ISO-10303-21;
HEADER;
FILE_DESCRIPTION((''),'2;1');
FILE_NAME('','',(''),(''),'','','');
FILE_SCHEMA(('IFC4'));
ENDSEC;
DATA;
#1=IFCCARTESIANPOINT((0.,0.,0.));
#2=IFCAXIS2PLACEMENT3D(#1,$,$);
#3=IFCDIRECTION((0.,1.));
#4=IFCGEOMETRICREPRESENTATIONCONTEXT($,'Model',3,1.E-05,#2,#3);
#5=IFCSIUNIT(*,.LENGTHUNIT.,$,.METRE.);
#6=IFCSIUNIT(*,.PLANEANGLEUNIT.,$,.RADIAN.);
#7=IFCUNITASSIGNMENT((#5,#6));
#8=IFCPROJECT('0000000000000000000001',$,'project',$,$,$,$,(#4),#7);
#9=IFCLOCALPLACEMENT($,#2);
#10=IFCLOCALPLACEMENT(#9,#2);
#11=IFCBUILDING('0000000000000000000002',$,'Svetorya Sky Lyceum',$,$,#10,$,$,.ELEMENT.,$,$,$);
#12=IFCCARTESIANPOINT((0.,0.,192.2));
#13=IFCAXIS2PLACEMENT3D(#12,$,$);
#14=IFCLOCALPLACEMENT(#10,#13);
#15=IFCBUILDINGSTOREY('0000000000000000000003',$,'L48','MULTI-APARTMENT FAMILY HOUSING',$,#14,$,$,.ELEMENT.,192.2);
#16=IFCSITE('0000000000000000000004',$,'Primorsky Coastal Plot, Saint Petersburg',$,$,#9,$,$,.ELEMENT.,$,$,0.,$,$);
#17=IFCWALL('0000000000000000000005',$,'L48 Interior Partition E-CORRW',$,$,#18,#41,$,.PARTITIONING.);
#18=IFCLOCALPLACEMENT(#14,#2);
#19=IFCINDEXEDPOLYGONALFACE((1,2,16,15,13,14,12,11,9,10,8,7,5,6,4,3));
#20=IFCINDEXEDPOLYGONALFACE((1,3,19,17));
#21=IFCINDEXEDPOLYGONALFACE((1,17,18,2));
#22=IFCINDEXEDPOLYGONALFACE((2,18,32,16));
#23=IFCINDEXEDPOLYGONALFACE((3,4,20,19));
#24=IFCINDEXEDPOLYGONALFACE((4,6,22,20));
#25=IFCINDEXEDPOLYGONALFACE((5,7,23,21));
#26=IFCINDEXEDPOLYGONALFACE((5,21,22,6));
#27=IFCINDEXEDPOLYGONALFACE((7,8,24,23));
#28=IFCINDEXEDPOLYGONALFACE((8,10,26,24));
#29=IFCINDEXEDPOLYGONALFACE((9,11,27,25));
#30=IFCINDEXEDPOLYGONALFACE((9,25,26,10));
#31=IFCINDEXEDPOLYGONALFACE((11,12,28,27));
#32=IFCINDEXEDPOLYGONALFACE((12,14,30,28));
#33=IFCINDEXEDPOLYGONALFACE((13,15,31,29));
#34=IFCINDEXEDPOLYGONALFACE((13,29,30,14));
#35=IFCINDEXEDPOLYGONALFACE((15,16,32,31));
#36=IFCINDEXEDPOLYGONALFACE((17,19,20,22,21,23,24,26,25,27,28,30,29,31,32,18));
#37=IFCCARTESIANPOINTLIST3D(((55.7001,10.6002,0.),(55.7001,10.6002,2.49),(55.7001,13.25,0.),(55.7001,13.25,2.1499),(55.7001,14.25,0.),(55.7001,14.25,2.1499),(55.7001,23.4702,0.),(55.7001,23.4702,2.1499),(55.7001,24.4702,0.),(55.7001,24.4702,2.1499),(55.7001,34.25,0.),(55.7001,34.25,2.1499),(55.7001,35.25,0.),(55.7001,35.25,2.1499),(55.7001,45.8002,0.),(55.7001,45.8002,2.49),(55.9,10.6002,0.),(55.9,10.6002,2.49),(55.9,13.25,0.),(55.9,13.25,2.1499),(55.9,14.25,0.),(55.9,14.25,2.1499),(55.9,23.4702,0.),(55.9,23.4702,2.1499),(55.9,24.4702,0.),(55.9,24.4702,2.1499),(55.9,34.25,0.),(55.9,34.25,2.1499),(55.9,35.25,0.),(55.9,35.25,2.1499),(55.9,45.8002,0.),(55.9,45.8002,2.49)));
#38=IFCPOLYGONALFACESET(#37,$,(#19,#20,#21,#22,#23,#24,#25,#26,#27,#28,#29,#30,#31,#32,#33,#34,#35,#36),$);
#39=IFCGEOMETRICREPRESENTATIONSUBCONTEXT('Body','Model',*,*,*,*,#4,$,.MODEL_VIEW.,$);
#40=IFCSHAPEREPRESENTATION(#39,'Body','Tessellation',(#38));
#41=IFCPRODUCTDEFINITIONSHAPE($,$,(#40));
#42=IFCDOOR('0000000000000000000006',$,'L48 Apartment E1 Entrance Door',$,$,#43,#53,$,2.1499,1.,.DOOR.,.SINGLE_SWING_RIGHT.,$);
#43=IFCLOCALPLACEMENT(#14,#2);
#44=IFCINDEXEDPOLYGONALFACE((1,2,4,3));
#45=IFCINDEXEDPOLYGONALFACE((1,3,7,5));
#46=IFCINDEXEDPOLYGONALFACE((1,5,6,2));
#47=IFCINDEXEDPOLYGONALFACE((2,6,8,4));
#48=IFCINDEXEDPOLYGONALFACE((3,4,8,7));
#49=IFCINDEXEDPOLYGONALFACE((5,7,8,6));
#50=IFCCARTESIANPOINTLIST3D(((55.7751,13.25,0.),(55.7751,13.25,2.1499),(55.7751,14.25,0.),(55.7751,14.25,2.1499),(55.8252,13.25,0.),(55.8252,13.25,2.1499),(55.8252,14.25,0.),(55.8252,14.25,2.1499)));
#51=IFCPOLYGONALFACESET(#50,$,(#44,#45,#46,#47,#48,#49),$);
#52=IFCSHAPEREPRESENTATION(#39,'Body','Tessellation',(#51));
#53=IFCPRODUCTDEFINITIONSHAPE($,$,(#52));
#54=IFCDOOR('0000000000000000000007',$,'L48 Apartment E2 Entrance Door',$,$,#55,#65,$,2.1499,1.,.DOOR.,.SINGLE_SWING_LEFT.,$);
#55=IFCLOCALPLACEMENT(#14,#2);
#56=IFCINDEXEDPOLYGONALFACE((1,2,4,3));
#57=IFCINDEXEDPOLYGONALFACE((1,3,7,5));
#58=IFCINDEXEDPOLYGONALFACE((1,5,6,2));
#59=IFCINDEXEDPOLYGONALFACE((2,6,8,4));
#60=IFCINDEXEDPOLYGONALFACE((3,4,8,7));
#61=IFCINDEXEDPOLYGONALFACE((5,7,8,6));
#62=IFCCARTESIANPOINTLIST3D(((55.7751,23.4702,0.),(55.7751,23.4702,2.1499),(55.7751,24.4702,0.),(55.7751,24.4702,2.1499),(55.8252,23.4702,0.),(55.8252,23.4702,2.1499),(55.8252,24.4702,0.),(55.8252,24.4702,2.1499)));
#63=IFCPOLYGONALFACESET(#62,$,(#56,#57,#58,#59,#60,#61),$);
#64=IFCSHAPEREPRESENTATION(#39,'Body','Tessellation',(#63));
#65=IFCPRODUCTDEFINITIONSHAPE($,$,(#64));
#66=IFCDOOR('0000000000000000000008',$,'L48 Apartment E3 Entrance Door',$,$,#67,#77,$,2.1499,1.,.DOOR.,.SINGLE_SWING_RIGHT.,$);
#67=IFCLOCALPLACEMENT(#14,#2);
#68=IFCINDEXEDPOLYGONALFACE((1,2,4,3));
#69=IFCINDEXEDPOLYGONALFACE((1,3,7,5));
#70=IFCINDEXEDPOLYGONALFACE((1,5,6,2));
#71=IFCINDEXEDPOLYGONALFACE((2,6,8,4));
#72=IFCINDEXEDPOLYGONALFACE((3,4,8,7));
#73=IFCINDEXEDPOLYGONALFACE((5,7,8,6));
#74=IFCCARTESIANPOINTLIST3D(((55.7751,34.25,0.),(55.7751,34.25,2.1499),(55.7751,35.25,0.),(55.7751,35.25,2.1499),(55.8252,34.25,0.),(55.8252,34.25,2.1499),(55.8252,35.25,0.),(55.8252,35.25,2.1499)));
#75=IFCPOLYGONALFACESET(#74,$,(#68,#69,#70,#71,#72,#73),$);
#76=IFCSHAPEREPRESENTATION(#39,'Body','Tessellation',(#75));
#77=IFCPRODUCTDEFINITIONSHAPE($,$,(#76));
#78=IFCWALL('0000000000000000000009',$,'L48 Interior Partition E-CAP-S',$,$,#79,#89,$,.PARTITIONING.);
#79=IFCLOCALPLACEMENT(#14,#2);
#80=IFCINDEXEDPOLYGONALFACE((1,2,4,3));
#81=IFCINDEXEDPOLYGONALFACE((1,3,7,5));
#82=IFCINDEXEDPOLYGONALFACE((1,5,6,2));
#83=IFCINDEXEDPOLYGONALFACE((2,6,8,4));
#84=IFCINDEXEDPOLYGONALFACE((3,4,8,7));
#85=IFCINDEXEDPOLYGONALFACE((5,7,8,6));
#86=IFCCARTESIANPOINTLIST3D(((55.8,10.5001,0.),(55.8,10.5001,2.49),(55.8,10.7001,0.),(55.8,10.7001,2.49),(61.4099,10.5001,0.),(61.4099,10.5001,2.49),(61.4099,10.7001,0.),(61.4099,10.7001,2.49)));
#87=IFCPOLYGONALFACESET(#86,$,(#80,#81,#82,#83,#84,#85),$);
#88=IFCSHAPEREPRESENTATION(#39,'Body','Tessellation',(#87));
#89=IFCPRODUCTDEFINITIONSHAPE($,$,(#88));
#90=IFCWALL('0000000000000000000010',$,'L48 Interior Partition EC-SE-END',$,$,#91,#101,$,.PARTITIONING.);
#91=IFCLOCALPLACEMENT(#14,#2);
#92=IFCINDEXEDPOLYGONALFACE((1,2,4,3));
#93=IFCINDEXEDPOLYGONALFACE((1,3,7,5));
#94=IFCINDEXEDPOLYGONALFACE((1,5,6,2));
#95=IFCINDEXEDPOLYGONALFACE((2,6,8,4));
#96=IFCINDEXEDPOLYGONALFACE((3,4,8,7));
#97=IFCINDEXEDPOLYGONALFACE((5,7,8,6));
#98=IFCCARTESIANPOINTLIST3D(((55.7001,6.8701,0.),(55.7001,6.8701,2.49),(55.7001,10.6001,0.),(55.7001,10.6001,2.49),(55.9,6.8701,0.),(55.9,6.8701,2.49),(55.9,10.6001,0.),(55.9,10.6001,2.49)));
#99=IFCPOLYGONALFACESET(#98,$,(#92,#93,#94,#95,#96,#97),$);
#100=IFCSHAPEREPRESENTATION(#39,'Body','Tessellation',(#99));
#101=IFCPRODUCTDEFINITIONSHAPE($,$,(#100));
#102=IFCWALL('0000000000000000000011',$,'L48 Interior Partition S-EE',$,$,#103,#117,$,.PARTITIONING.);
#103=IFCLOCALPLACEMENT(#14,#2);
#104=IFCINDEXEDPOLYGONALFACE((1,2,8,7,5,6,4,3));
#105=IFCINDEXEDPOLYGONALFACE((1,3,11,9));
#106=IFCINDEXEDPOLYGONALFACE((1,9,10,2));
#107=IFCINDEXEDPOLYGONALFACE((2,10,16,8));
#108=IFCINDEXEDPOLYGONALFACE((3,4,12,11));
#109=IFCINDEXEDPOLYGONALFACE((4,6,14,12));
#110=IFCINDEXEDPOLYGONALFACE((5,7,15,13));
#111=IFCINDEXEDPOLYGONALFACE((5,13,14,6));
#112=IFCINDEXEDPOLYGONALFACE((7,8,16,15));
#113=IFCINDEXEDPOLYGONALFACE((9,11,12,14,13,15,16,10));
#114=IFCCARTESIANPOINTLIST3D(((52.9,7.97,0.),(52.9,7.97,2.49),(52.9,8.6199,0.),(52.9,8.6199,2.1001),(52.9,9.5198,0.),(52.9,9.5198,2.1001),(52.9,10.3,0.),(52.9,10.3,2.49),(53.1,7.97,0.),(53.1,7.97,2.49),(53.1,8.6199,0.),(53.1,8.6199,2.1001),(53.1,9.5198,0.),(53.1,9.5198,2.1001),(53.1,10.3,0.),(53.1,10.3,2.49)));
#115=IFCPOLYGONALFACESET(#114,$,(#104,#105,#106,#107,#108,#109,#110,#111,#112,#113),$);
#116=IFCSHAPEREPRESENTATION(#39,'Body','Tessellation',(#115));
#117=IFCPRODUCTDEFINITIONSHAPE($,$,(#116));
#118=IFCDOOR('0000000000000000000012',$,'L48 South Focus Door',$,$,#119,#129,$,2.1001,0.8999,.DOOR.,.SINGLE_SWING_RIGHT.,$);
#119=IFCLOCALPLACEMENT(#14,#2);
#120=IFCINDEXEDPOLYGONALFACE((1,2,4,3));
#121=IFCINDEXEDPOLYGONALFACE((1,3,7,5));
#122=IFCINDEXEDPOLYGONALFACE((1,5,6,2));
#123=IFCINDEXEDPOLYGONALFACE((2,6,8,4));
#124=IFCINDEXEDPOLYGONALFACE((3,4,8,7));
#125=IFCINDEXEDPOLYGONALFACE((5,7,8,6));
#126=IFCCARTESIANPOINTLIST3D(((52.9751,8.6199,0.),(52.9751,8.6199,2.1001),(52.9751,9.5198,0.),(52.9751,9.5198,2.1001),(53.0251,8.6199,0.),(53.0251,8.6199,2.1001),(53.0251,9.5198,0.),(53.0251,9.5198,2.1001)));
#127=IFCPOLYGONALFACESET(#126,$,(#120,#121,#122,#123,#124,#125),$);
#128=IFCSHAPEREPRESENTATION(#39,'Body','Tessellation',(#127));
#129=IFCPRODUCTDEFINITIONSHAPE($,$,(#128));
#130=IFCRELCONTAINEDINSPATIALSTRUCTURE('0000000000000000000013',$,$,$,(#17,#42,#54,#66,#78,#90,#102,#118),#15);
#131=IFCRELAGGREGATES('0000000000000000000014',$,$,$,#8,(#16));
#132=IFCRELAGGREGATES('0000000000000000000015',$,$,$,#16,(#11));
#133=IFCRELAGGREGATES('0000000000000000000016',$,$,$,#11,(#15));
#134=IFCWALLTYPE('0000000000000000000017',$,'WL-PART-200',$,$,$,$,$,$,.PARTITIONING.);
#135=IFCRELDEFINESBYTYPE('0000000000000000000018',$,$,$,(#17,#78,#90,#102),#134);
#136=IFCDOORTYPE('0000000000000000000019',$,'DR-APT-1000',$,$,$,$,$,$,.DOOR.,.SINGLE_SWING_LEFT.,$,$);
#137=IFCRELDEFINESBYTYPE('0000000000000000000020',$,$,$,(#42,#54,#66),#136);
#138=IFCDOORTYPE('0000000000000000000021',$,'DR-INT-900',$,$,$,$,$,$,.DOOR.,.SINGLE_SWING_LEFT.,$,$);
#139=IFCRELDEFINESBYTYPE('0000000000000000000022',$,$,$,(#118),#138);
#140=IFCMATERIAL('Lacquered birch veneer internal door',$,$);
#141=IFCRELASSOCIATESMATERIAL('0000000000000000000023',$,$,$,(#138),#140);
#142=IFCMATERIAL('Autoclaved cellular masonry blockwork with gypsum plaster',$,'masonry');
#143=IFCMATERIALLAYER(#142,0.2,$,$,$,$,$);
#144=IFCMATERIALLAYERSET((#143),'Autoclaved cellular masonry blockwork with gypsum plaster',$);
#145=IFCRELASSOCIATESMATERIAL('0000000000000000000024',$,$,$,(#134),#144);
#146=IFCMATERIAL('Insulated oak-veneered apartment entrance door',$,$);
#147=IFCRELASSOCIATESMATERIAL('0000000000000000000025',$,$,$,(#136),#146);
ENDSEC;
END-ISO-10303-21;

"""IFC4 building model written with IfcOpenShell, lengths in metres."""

from ifc_helpers import new_model, si_unit, direction, frame, frame_2d, origin, place, context, subcontext, project, spatial, rectangle, extrude, material, layer, layer_set, type_object, element, fill, save


model = new_model("IFC4")

# Units and contexts
model_context = context("Model", 3, precision=1e-05, world=origin(), true_north=direction((0.0, 1.0)))
body_context = subcontext(model_context, "Body", "Model", "MODEL_VIEW")
ifc_project = project(units=[si_unit("LENGTHUNIT", "METRE"), si_unit("PLANEANGLEUNIT", "RADIAN")], contexts=[model_context])

# Site, building, storey
site_placement = place(None, origin())
site = spatial("IfcSite", under=ifc_project, at=site_placement, Name="Primorsky Coastal Plot, Saint Petersburg", CompositionType="ELEMENT", RefElevation=0.0)
building_placement = place(site_placement, origin())
building = spatial("IfcBuilding", under=site, at=building_placement, Name="Svetorya Sky Lyceum", CompositionType="ELEMENT")
storey_placement = place(building_placement, frame((0.0, 0.0, 192.2)))
storey = spatial("IfcBuildingStorey", under=building, at=storey_placement, Name="L48", Description="MULTI-APARTMENT FAMILY HOUSING", CompositionType="ELEMENT", Elevation=192.2)

# Wall, openings, doors
ifc_material_1 = material(Name="Lacquered birch veneer internal door")
door_type_1 = type_object("IfcDoorType", Name="DR-INT-900", OperationType="SINGLE_SWING_LEFT", PredefinedType="DOOR", material=ifc_material_1)
ifc_material_2 = material(Name="Autoclaved cellular masonry blockwork with gypsum plaster", Category="masonry")
ifc_layer_1 = layer(ifc_material_2, 0.2)
ifc_layer_set_1 = layer_set([ifc_layer_1], Name="Autoclaved cellular masonry blockwork with gypsum plaster")
wall_type_1 = type_object("IfcWallType", Name="WL-PART-200", PredefinedType="PARTITIONING", material=ifc_layer_set_1)
wall_1_placement = place(storey_placement, frame((55.8, 10.6001, 0.0), z_axis=(0.0, 0.0, 1.0), x_axis=(0.0, 1.0, 0.0)))
wall_1 = element("IfcWall", 1, at=wall_1_placement, inside=storey, type_object=wall_type_1, Name="L48 Interior Partition E-CORRW", PredefinedType="PARTITIONING", context=body_context, shape_type="SweptSolid", body=[
    extrude(rectangle(XDim=35.2, YDim=0.2, at=frame_2d((17.6001, 0.0))), origin(), (0.0, 0.0, 1.0), 2.49),
])
opening_1_placement = place(wall_1_placement, frame((2.6499, 0.0, 0.0)))
opening_1 = element("IfcOpeningElement", 2, at=opening_1_placement, cuts=wall_1, PredefinedType="OPENING", context=body_context, shape_type="SweptSolid", body=[
    extrude(rectangle(XDim=1.0, YDim=2.1499, at=frame_2d((0.5, 1.075))), frame((0.0, 0.1099, 0.0), z_axis=(0.0, -1.0, 0.0), x_axis=(1.0, 0.0, 0.0)), (0.0, 0.0, 1.0), 0.22),
])
opening_2_placement = place(wall_1_placement, frame((12.8701, 0.0, 0.0)))
opening_2 = element("IfcOpeningElement", 3, at=opening_2_placement, cuts=wall_1, PredefinedType="OPENING", context=body_context, shape_type="SweptSolid", body=[
    extrude(rectangle(XDim=1.0, YDim=2.1499, at=frame_2d((0.5, 1.075))), frame((0.0, 0.1099, 0.0), z_axis=(0.0, -1.0, 0.0), x_axis=(1.0, 0.0, 0.0)), (0.0, 0.0, 1.0), 0.22),
])
opening_3_placement = place(wall_1_placement, frame((23.6499, 0.0, 0.0)))
opening_3 = element("IfcOpeningElement", 4, at=opening_3_placement, cuts=wall_1, PredefinedType="OPENING", context=body_context, shape_type="SweptSolid", body=[
    extrude(rectangle(XDim=1.0, YDim=2.1499, at=frame_2d((0.5, 1.075))), frame((0.0, 0.1099, 0.0), z_axis=(0.0, -1.0, 0.0), x_axis=(1.0, 0.0, 0.0)), (0.0, 0.0, 1.0), 0.22),
])
ifc_material_3 = material(Name="Insulated oak-veneered apartment entrance door")
door_type_2 = type_object("IfcDoorType", Name="DR-APT-1000", OperationType="SINGLE_SWING_LEFT", PredefinedType="DOOR", material=ifc_material_3)
door_1_placement = place(opening_1_placement, origin())
door_1 = element("IfcDoor", 5, at=door_1_placement, inside=storey, type_object=door_type_2, Name="L48 Apartment E1 Entrance Door", OperationType="SINGLE_SWING_RIGHT", OverallHeight=2.1499, OverallWidth=1.0, PredefinedType="DOOR", context=body_context, shape_type="SweptSolid", body=[
    extrude(rectangle(XDim=1.0, YDim=2.1499, at=frame_2d((0.5, 1.075))), frame((0.0, 0.0249, 0.0), z_axis=(0.0, -1.0, 0.0), x_axis=(1.0, 0.0, 0.0)), (0.0, 0.0, 1.0), 0.05),
])
fill(opening_1, door_1)
door_2_placement = place(opening_2_placement, origin())
door_2 = element("IfcDoor", 6, at=door_2_placement, inside=storey, type_object=door_type_2, Name="L48 Apartment E2 Entrance Door", OperationType="SINGLE_SWING_LEFT", OverallHeight=2.1499, OverallWidth=1.0, PredefinedType="DOOR", context=body_context, shape_type="SweptSolid", body=[
    extrude(rectangle(XDim=1.0, YDim=2.1499, at=frame_2d((0.5, 1.075))), frame((0.0, 0.0249, 0.0), z_axis=(0.0, -1.0, 0.0), x_axis=(1.0, 0.0, 0.0)), (0.0, 0.0, 1.0), 0.05),
])
fill(opening_2, door_2)
door_3_placement = place(opening_3_placement, origin())
door_3 = element("IfcDoor", 7, at=door_3_placement, inside=storey, type_object=door_type_2, Name="L48 Apartment E3 Entrance Door", OperationType="SINGLE_SWING_RIGHT", OverallHeight=2.1499, OverallWidth=1.0, PredefinedType="DOOR", context=body_context, shape_type="SweptSolid", body=[
    extrude(rectangle(XDim=1.0, YDim=2.1499, at=frame_2d((0.5, 1.075))), frame((0.0, 0.0249, 0.0), z_axis=(0.0, -1.0, 0.0), x_axis=(1.0, 0.0, 0.0)), (0.0, 0.0, 1.0), 0.05),
])
fill(opening_3, door_3)

# Walls
wall_2_placement = place(storey_placement, frame((55.8, 10.6001, 0.0), z_axis=(0.0, 0.0, 1.0), x_axis=(1.0, 0.0, 0.0)))
element("IfcWall", 8, at=wall_2_placement, inside=storey, type_object=wall_type_1, Name="L48 Interior Partition E-CAP-S", PredefinedType="PARTITIONING", context=body_context, shape_type="SweptSolid", body=[
    extrude(rectangle(XDim=5.6099, YDim=0.2, at=frame_2d((2.8049, 0.0))), origin(), (0.0, 0.0, 1.0), 2.49),
])
wall_3_placement = place(storey_placement, frame((55.8, 6.8701, 0.0), z_axis=(0.0, 0.0, 1.0), x_axis=(0.0, 1.0, 0.0)))
element("IfcWall", 9, at=wall_3_placement, inside=storey, type_object=wall_type_1, Name="L48 Interior Partition EC-SE-END", PredefinedType="PARTITIONING", context=body_context, shape_type="SweptSolid", body=[
    extrude(rectangle(XDim=3.73, YDim=0.2, at=frame_2d((1.865, 0.0))), origin(), (0.0, 0.0, 1.0), 2.49),
])

# Wall, opening, door
wall_4_placement = place(storey_placement, frame((53.0, 7.97, 0.0), z_axis=(0.0, 0.0, 1.0), x_axis=(0.0, 1.0, 0.0)))
wall_4 = element("IfcWall", 10, at=wall_4_placement, inside=storey, type_object=wall_type_1, Name="L48 Interior Partition S-EE", PredefinedType="PARTITIONING", context=body_context, shape_type="SweptSolid", body=[
    extrude(rectangle(XDim=2.3301, YDim=0.2, at=frame_2d((1.165, 0.0))), origin(), (0.0, 0.0, 1.0), 2.49),
])
opening_4_placement = place(wall_4_placement, frame((0.6499, 0.0, 0.0)))
opening_4 = element("IfcOpeningElement", 11, at=opening_4_placement, cuts=wall_4, PredefinedType="OPENING", context=body_context, shape_type="SweptSolid", body=[
    extrude(rectangle(XDim=0.8999, YDim=2.1001, at=frame_2d((0.45, 1.05))), frame((0.0, 0.1099, 0.0), z_axis=(0.0, -1.0, 0.0), x_axis=(1.0, 0.0, 0.0)), (0.0, 0.0, 1.0), 0.22),
])
door_4_placement = place(opening_4_placement, origin())
door_4 = element("IfcDoor", 12, at=door_4_placement, inside=storey, type_object=door_type_1, Name="L48 South Focus Door", OperationType="SINGLE_SWING_RIGHT", OverallHeight=2.1001, OverallWidth=0.8999, PredefinedType="DOOR", context=body_context, shape_type="SweptSolid", body=[
    extrude(rectangle(XDim=0.8999, YDim=2.1001, at=frame_2d((0.45, 1.05))), frame((0.0, 0.0249, 0.0), z_axis=(0.0, -1.0, 0.0), x_axis=(1.0, 0.0, 0.0)), (0.0, 0.0, 1.0), 0.05),
])
fill(opening_4, door_4)

save(model, "model.ifc")
